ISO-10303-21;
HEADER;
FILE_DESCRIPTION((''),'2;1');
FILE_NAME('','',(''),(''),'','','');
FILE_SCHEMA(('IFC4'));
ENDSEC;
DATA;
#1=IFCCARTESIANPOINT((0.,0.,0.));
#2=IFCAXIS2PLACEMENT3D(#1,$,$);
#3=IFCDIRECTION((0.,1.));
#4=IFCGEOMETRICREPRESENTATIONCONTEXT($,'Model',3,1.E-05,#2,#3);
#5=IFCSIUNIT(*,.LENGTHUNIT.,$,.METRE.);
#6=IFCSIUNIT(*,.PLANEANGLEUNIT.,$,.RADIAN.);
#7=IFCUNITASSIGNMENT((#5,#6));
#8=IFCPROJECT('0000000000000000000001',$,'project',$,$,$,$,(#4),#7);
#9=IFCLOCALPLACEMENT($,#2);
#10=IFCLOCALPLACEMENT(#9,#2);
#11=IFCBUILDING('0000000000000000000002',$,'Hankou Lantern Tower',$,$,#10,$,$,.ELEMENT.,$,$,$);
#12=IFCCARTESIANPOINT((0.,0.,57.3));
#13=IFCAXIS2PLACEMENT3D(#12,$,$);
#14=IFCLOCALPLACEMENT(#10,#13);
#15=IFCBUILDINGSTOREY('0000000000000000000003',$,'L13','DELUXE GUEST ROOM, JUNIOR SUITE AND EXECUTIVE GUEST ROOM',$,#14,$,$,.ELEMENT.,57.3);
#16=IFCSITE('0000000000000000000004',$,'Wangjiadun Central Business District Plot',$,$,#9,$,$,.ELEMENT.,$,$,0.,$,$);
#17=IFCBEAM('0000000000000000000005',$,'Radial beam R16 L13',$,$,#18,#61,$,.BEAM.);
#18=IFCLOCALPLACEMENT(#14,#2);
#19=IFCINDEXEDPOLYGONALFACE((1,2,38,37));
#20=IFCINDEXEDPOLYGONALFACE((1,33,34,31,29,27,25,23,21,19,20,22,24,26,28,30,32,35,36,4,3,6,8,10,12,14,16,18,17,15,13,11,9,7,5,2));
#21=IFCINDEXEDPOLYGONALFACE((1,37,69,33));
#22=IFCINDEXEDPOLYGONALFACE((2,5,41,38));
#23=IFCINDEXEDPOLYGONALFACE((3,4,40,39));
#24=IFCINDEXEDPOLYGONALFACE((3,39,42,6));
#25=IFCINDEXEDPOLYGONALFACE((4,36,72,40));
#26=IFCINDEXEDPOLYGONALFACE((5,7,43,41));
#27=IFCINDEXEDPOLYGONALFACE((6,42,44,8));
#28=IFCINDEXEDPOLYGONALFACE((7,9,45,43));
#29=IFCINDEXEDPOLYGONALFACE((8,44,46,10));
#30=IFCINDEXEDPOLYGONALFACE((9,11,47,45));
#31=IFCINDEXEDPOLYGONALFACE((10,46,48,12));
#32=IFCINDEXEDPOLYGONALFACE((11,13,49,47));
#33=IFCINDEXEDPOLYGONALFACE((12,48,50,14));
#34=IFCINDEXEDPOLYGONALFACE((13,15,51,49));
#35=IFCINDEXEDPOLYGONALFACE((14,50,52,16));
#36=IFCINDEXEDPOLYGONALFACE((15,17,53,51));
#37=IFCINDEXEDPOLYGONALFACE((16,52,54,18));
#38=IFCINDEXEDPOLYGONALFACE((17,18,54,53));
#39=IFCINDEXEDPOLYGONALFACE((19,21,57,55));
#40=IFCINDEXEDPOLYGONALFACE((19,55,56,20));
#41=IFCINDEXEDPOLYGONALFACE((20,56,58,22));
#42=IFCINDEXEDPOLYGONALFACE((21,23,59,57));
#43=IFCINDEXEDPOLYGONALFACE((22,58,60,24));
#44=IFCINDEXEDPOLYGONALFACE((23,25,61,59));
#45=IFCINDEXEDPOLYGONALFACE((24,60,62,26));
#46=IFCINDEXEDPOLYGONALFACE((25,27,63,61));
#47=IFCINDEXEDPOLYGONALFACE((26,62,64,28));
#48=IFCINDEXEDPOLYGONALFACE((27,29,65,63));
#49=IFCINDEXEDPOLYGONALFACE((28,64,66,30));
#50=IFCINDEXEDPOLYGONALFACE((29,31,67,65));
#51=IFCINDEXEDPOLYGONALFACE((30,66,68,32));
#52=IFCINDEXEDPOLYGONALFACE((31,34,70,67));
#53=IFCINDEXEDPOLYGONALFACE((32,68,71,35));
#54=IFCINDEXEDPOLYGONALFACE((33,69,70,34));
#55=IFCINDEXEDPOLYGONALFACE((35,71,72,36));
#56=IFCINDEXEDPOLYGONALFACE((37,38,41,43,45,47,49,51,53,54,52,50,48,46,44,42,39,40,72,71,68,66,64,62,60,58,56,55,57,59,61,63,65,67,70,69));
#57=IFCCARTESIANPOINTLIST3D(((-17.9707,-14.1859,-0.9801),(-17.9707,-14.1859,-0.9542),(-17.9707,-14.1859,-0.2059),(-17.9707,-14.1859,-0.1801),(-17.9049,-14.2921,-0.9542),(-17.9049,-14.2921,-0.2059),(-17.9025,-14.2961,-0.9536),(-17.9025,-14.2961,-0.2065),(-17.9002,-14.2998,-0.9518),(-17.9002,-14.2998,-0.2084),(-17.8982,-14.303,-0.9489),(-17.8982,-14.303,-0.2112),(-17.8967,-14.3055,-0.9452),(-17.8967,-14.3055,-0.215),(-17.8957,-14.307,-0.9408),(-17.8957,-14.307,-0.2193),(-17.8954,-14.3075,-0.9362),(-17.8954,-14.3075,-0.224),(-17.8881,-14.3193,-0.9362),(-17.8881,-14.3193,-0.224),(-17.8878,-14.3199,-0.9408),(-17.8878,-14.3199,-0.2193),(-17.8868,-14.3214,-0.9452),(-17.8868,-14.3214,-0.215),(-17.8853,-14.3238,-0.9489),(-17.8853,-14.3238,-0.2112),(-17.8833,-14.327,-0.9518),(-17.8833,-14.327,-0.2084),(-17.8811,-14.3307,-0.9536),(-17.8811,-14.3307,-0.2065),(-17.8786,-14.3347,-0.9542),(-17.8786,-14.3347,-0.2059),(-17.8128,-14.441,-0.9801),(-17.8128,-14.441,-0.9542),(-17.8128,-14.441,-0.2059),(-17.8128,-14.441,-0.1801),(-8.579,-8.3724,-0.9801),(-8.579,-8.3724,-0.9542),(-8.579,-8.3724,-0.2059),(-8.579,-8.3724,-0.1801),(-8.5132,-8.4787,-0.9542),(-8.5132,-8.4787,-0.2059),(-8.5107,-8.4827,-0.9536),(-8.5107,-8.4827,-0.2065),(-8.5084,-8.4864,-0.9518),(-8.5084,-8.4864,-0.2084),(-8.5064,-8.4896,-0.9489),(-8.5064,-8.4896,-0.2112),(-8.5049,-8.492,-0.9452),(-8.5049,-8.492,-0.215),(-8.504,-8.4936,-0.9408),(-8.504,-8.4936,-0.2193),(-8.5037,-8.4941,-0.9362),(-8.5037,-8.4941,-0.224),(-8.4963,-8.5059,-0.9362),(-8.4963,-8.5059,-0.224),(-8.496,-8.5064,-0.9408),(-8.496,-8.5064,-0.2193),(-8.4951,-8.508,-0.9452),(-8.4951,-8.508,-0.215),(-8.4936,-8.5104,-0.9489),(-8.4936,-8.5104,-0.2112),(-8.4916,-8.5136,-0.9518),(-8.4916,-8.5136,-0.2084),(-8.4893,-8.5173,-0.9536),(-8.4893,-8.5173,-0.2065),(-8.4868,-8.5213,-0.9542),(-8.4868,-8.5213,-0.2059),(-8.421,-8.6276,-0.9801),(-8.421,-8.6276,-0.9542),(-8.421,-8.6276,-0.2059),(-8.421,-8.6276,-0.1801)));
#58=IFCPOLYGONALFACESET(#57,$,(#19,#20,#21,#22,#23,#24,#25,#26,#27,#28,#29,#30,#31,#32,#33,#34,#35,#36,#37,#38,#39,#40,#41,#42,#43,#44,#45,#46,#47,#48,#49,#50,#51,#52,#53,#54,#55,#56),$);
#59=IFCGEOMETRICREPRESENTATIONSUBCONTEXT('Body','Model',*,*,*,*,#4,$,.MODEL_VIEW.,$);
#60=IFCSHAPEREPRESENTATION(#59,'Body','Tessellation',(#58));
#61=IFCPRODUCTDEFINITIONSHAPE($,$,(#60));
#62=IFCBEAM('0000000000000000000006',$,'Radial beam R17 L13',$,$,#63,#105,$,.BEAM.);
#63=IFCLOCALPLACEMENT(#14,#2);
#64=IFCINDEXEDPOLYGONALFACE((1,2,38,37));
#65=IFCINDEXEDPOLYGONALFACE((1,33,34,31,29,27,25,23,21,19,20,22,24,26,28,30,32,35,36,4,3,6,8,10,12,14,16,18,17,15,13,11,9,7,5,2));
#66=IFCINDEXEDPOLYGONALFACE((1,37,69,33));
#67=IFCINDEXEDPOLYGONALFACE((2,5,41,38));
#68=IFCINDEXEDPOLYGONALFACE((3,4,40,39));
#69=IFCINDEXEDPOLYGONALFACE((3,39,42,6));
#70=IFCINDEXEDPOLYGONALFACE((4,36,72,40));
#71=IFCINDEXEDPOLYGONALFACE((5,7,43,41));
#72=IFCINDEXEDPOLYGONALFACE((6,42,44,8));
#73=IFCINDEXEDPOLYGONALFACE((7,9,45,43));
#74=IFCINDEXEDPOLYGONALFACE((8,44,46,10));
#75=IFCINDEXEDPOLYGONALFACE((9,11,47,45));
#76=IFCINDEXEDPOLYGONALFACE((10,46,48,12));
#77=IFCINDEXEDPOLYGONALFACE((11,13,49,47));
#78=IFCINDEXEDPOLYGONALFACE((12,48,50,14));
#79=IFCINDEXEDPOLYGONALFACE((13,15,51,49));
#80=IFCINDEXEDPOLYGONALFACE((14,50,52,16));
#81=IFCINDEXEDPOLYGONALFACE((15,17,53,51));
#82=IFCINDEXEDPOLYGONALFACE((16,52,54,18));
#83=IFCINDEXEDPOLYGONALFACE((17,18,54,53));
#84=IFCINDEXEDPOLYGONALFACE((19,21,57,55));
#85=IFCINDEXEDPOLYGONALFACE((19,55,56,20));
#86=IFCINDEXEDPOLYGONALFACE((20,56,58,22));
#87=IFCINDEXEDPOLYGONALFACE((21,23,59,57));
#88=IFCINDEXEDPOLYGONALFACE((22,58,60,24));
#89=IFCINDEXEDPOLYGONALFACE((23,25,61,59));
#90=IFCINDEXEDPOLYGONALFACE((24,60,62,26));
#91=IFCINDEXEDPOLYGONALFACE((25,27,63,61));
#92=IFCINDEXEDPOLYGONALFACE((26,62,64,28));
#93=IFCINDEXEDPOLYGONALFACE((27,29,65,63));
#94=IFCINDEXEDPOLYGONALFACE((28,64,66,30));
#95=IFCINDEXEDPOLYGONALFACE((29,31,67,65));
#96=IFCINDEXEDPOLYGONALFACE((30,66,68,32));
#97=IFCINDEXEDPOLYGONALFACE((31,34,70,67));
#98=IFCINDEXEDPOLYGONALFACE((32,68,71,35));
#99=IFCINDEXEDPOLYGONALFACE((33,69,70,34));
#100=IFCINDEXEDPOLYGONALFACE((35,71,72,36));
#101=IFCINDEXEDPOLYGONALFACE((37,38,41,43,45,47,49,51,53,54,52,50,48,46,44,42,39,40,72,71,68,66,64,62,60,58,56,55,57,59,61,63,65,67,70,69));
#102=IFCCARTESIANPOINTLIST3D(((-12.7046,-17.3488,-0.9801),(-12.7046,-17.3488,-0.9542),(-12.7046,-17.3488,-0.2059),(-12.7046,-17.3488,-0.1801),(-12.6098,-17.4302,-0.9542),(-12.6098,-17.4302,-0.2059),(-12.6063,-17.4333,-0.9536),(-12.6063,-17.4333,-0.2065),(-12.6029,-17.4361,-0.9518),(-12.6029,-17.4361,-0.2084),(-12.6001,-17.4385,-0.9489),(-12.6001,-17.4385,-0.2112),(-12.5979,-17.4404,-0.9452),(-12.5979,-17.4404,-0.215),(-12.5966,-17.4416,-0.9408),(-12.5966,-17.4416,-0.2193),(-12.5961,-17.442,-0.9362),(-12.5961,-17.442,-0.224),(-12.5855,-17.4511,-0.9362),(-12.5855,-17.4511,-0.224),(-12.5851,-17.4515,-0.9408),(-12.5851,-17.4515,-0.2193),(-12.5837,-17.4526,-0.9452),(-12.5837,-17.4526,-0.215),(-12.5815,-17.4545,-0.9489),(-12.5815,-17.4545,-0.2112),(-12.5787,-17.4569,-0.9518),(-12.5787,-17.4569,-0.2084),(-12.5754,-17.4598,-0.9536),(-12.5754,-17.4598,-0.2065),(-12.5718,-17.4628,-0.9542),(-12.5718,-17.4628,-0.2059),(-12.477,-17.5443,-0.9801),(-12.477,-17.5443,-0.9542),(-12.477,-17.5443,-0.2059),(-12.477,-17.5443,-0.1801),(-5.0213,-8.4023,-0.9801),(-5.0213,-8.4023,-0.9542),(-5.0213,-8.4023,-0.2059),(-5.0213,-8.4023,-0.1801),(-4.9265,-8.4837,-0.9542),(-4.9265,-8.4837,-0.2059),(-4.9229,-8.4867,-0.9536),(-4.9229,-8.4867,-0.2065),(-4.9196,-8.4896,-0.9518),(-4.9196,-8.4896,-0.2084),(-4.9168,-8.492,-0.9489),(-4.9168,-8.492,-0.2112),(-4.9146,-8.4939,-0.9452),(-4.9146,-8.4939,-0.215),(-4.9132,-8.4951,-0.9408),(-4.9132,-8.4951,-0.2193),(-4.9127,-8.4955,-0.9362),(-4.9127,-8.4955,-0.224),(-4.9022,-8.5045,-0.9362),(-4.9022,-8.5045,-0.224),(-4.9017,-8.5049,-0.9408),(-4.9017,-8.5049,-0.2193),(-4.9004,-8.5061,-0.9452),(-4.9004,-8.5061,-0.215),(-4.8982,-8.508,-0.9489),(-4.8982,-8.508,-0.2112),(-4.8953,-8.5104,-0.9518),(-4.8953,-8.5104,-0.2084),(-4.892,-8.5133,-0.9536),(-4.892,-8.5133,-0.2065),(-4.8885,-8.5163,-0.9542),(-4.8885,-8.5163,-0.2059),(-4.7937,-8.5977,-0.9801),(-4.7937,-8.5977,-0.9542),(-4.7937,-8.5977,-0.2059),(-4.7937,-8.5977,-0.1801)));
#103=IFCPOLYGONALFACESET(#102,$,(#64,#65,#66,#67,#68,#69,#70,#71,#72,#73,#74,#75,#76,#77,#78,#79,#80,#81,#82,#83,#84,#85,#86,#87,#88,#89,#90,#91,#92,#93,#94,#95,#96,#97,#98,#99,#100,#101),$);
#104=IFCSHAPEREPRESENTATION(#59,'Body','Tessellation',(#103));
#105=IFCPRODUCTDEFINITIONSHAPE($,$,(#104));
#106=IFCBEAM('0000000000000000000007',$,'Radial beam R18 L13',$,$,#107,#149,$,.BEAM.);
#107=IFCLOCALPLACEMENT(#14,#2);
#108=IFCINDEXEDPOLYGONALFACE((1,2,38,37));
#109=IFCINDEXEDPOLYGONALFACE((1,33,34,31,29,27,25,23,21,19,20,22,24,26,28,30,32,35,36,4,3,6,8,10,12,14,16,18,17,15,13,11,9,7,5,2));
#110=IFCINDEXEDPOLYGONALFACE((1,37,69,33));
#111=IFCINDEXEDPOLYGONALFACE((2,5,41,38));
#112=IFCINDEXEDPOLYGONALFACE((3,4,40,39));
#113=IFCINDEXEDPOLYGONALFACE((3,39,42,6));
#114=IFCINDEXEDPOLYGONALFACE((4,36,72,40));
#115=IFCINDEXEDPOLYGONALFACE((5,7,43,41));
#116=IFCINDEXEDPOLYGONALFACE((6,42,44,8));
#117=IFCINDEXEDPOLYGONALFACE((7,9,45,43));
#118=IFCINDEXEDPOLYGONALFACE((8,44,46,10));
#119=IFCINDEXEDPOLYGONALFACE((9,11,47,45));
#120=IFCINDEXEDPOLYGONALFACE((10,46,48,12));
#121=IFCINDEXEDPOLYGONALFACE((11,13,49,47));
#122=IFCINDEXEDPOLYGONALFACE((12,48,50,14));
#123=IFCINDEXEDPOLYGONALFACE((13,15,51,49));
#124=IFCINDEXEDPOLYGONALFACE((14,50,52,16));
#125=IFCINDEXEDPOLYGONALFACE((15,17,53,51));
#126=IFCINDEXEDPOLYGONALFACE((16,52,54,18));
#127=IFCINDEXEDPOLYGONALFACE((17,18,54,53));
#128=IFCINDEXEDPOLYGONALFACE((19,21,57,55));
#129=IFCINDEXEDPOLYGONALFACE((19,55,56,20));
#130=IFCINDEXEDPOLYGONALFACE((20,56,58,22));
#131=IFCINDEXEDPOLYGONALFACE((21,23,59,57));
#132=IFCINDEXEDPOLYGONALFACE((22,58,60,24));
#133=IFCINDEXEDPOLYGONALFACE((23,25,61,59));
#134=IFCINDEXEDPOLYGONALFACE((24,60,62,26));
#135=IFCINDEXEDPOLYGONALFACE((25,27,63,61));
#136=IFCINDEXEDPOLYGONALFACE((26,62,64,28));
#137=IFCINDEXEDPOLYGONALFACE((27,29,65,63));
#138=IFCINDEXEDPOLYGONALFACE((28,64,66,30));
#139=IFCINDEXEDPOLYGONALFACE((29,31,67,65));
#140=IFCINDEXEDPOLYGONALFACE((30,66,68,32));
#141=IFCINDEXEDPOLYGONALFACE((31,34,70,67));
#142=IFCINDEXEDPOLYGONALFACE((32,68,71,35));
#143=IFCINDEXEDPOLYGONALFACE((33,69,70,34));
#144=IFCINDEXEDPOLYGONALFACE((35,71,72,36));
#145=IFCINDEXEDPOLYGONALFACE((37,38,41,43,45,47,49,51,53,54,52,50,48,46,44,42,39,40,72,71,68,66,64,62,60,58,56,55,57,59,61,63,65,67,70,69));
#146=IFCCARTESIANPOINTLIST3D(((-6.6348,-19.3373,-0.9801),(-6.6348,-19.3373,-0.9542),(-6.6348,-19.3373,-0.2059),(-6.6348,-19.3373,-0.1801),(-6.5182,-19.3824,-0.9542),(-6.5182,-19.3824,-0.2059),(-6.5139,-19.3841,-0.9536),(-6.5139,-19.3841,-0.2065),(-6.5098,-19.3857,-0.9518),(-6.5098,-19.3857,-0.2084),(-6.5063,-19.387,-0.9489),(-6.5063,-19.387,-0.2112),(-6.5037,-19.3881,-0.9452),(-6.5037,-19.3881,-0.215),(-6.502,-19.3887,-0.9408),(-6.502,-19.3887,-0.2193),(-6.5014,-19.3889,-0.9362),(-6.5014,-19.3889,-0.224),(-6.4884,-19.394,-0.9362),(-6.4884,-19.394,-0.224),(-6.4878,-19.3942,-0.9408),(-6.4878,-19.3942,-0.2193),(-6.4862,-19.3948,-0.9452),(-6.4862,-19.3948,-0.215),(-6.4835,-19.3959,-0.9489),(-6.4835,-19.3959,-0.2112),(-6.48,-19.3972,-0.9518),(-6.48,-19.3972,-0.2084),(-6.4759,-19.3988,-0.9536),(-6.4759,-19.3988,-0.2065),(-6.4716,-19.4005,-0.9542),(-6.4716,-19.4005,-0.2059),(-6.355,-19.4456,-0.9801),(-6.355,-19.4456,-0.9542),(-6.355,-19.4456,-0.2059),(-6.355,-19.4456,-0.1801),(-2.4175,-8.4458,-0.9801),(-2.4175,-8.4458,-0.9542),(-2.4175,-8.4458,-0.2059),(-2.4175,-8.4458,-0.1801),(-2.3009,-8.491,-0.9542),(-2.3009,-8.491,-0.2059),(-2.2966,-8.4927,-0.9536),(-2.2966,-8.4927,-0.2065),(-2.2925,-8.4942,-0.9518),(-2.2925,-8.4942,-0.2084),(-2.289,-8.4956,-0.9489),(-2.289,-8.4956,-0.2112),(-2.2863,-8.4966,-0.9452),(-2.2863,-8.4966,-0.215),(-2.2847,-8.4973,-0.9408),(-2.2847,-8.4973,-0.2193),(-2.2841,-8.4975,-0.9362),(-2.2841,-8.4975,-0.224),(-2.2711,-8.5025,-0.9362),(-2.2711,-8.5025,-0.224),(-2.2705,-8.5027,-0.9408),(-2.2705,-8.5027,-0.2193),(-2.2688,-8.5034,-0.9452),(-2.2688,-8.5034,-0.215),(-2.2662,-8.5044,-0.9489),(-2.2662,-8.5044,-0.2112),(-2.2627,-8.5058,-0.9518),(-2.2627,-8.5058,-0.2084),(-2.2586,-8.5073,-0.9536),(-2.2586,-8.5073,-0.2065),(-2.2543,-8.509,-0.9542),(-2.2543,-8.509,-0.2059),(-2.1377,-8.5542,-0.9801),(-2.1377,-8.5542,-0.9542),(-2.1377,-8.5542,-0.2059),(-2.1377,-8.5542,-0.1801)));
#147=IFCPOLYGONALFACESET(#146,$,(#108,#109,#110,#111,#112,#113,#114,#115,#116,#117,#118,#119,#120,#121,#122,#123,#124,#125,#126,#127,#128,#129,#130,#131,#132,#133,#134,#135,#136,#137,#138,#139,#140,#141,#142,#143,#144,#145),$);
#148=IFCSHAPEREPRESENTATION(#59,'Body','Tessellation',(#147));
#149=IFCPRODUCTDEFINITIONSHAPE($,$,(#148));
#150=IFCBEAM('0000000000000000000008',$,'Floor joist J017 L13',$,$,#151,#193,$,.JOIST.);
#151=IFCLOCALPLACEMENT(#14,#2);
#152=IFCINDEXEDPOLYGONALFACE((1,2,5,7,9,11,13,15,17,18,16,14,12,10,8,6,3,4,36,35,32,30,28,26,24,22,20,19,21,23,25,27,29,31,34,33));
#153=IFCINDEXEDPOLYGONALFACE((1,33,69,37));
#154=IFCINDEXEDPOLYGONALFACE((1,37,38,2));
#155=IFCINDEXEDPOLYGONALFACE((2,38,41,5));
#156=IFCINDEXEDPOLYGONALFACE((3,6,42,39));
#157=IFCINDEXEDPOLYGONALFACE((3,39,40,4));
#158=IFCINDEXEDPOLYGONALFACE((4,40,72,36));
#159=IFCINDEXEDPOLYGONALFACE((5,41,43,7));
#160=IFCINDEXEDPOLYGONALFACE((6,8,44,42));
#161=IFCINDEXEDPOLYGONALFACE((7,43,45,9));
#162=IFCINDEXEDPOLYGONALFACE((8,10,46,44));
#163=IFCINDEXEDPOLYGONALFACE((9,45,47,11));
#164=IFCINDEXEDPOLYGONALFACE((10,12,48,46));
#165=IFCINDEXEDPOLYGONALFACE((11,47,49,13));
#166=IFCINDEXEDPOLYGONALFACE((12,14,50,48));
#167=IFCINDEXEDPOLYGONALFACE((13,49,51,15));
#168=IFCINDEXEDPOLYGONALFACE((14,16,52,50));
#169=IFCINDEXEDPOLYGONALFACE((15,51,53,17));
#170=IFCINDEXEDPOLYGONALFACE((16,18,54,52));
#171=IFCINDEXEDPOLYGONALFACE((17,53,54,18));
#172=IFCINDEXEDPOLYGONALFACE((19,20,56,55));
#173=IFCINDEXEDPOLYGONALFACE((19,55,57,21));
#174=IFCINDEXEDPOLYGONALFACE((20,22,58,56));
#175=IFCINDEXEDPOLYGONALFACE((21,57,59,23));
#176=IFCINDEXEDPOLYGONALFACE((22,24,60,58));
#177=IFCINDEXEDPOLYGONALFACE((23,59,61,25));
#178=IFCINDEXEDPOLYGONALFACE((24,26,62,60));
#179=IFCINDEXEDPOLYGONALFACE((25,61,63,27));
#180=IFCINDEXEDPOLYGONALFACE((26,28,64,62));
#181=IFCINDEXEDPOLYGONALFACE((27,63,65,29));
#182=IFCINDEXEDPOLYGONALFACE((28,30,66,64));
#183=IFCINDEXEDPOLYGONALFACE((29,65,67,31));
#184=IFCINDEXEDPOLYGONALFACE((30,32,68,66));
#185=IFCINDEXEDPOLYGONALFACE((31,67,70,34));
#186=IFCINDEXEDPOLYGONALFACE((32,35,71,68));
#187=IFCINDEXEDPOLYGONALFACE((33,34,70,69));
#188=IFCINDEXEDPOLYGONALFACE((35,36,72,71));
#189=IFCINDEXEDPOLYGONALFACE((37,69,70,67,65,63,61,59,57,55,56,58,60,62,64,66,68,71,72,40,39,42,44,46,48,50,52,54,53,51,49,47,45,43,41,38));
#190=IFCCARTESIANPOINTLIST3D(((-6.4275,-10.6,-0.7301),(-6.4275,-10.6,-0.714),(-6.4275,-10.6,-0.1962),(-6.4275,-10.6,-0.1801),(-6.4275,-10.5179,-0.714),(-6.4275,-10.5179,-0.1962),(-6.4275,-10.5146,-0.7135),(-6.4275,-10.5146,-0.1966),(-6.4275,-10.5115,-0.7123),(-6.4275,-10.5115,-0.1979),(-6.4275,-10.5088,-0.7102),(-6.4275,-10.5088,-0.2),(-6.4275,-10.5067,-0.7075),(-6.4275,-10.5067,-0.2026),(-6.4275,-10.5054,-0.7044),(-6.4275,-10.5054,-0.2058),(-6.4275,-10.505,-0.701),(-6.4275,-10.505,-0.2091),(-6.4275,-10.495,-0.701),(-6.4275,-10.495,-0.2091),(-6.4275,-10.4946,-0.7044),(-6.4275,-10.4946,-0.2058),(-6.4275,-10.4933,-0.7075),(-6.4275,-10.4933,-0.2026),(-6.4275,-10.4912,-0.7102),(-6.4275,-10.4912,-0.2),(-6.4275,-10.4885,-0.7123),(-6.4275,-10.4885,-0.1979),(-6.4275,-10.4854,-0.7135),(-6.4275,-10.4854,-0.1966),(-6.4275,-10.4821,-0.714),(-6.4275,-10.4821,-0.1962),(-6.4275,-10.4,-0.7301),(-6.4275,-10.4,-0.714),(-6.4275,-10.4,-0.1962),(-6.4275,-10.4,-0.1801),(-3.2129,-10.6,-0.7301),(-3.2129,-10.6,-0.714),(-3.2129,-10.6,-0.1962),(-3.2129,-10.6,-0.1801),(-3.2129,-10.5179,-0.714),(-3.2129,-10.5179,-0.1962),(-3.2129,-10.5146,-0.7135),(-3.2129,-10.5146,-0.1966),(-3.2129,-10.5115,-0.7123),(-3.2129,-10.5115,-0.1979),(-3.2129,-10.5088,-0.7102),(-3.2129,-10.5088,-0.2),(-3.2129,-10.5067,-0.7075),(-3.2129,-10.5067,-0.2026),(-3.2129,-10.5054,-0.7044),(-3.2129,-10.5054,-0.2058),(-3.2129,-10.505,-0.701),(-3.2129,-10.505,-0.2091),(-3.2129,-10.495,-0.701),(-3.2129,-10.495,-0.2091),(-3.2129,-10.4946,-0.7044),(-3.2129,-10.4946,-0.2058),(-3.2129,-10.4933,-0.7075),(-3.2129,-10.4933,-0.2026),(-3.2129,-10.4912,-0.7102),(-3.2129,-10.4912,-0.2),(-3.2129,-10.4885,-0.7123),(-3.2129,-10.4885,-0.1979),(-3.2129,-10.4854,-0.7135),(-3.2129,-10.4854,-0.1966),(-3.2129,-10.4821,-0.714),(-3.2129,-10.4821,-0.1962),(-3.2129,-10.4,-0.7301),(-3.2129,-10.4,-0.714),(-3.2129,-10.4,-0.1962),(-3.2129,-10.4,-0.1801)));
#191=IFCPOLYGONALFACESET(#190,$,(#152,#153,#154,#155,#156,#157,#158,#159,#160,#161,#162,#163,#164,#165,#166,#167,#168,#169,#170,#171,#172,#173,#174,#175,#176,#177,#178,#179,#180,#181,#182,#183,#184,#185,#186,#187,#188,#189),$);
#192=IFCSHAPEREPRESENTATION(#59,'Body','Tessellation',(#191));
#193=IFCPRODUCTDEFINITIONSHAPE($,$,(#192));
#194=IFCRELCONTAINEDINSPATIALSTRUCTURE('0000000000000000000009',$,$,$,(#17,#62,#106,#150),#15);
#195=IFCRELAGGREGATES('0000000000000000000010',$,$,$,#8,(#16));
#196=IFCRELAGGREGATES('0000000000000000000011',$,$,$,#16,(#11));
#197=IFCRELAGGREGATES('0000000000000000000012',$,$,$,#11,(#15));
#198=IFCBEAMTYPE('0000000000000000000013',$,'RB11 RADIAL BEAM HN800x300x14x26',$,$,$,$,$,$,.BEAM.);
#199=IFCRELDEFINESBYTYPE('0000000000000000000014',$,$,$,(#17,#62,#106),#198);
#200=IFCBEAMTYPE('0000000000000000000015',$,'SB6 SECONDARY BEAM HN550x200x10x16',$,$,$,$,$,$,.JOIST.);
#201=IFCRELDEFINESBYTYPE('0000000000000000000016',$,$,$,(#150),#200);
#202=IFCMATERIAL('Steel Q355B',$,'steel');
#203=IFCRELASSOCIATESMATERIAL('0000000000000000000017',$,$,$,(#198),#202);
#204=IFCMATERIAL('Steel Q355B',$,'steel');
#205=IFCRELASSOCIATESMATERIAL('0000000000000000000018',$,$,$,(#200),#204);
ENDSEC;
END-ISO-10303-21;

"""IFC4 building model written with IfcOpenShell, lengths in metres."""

from ifc_helpers import new_model, si_unit, direction, frame, origin, origin_2d, place, context, subcontext, project, spatial, i_section, extrude, material, material_profile, profile_set, type_object, element, save


model = new_model("IFC4")

# Units and contexts
model_context = context("Model", 3, precision=1e-05, world=origin(), true_north=direction((0.0, 1.0)))
body_context = subcontext(model_context, "Body", "Model", "MODEL_VIEW")
ifc_project = project(units=[si_unit("LENGTHUNIT", "METRE"), si_unit("PLANEANGLEUNIT", "RADIAN")], contexts=[model_context])

# Site, building, storey
site_placement = place(None, origin())
site = spatial("IfcSite", under=ifc_project, at=site_placement, Name="Wangjiadun Central Business District Plot", CompositionType="ELEMENT", RefElevation=0.0)
building_placement = place(site_placement, origin())
building = spatial("IfcBuilding", under=site, at=building_placement, Name="Hankou Lantern Tower", CompositionType="ELEMENT")
storey_placement = place(building_placement, frame((0.0, 0.0, 57.3)))
storey = spatial("IfcBuildingStorey", under=building, at=storey_placement, Name="L13", Description="DELUXE GUEST ROOM, JUNIOR SUITE AND EXECUTIVE GUEST ROOM", CompositionType="ELEMENT", Elevation=57.3)

# Beams
ifc_material_1 = material(Name="Steel Q355B", Category="steel")
ifc_material_profile_1 = material_profile(ifc_material_1, i_section(OverallWidth=0.3, OverallDepth=0.8, WebThickness=0.0139, FlangeThickness=0.0259, FilletRadius=0.0181, at=origin_2d()), Name="HN800x300x14x26")
ifc_profile_set_1 = profile_set([ifc_material_profile_1], Name="Steel Q355B")
beam_type_1 = type_object("IfcBeamType", Name="RB11 RADIAL BEAM HN800x300x14x26", PredefinedType="BEAM", material=ifc_profile_set_1)
beam_1_placement = place(storey_placement, frame((-8.5, -8.5, -0.5801), z_axis=(-0.850286, -0.52632, 0.0), x_axis=(0.52632, -0.850286, 0.0)))
element("IfcBeam", 1, at=beam_1_placement, inside=storey, type_object=beam_type_1, Name="Radial beam R16 L13", PredefinedType="BEAM", context=body_context, shape_type="SweptSolid", body=[
    extrude(i_section(OverallWidth=0.3, OverallDepth=0.8, WebThickness=0.0139, FlangeThickness=0.0259, FilletRadius=0.0181, at=origin_2d()), origin(), (0.0, 0.0, 1.0), 11.0454),
])
beam_2_placement = place(storey_placement, frame((-4.9075, -8.5, -0.5801), z_axis=(-0.651519, -0.758632, 0.0), x_axis=(0.758632, -0.651519, 0.0)))
element("IfcBeam", 2, at=beam_2_placement, inside=storey, type_object=beam_type_1, Name="Radial beam R17 L13", PredefinedType="BEAM", context=body_context, shape_type="SweptSolid", body=[
    extrude(i_section(OverallWidth=0.3, OverallDepth=0.8, WebThickness=0.0139, FlangeThickness=0.0259, FilletRadius=0.0181, at=origin_2d()), origin(), (0.0, 0.0, 1.0), 11.793),
])
beam_3_placement = place(storey_placement, frame((-2.2776, -8.5, -0.5801), z_axis=(-0.361089, -0.932531, 0.0), x_axis=(0.932531, -0.361089, 0.0)))
element("IfcBeam", 3, at=beam_3_placement, inside=storey, type_object=beam_type_1, Name="Radial beam R18 L13", PredefinedType="BEAM", context=body_context, shape_type="SweptSolid", body=[
    extrude(i_section(OverallWidth=0.3, OverallDepth=0.8, WebThickness=0.0139, FlangeThickness=0.0259, FilletRadius=0.0181, at=origin_2d()), origin(), (0.0, 0.0, 1.0), 11.6794),
])
ifc_material_2 = material(Name="Steel Q355B", Category="steel")
ifc_material_profile_2 = material_profile(ifc_material_2, i_section(OverallWidth=0.2, OverallDepth=0.55, WebThickness=0.01, FlangeThickness=0.0161, FilletRadius=0.0129, at=origin_2d()), Name="HN550x200x10x16")
ifc_profile_set_2 = profile_set([ifc_material_profile_2], Name="Steel Q355B")
beam_type_2 = type_object("IfcBeamType", Name="SB6 SECONDARY BEAM HN550x200x10x16", PredefinedType="JOIST", material=ifc_profile_set_2)
beam_4_placement = place(storey_placement, frame((-6.4275, -10.5, -0.4551), z_axis=(1.0, 0.0, 0.0), x_axis=(0.0, 1.0, 0.0)))
element("IfcBeam", 4, at=beam_4_placement, inside=storey, type_object=beam_type_2, Name="Floor joist J017 L13", PredefinedType="JOIST", context=body_context, shape_type="SweptSolid", body=[
    extrude(i_section(OverallWidth=0.2, OverallDepth=0.55, WebThickness=0.01, FlangeThickness=0.0161, FilletRadius=0.0129, at=origin_2d()), origin(), (0.0, 0.0, 1.0), 3.2146),
])

save(model, "model.ifc")
